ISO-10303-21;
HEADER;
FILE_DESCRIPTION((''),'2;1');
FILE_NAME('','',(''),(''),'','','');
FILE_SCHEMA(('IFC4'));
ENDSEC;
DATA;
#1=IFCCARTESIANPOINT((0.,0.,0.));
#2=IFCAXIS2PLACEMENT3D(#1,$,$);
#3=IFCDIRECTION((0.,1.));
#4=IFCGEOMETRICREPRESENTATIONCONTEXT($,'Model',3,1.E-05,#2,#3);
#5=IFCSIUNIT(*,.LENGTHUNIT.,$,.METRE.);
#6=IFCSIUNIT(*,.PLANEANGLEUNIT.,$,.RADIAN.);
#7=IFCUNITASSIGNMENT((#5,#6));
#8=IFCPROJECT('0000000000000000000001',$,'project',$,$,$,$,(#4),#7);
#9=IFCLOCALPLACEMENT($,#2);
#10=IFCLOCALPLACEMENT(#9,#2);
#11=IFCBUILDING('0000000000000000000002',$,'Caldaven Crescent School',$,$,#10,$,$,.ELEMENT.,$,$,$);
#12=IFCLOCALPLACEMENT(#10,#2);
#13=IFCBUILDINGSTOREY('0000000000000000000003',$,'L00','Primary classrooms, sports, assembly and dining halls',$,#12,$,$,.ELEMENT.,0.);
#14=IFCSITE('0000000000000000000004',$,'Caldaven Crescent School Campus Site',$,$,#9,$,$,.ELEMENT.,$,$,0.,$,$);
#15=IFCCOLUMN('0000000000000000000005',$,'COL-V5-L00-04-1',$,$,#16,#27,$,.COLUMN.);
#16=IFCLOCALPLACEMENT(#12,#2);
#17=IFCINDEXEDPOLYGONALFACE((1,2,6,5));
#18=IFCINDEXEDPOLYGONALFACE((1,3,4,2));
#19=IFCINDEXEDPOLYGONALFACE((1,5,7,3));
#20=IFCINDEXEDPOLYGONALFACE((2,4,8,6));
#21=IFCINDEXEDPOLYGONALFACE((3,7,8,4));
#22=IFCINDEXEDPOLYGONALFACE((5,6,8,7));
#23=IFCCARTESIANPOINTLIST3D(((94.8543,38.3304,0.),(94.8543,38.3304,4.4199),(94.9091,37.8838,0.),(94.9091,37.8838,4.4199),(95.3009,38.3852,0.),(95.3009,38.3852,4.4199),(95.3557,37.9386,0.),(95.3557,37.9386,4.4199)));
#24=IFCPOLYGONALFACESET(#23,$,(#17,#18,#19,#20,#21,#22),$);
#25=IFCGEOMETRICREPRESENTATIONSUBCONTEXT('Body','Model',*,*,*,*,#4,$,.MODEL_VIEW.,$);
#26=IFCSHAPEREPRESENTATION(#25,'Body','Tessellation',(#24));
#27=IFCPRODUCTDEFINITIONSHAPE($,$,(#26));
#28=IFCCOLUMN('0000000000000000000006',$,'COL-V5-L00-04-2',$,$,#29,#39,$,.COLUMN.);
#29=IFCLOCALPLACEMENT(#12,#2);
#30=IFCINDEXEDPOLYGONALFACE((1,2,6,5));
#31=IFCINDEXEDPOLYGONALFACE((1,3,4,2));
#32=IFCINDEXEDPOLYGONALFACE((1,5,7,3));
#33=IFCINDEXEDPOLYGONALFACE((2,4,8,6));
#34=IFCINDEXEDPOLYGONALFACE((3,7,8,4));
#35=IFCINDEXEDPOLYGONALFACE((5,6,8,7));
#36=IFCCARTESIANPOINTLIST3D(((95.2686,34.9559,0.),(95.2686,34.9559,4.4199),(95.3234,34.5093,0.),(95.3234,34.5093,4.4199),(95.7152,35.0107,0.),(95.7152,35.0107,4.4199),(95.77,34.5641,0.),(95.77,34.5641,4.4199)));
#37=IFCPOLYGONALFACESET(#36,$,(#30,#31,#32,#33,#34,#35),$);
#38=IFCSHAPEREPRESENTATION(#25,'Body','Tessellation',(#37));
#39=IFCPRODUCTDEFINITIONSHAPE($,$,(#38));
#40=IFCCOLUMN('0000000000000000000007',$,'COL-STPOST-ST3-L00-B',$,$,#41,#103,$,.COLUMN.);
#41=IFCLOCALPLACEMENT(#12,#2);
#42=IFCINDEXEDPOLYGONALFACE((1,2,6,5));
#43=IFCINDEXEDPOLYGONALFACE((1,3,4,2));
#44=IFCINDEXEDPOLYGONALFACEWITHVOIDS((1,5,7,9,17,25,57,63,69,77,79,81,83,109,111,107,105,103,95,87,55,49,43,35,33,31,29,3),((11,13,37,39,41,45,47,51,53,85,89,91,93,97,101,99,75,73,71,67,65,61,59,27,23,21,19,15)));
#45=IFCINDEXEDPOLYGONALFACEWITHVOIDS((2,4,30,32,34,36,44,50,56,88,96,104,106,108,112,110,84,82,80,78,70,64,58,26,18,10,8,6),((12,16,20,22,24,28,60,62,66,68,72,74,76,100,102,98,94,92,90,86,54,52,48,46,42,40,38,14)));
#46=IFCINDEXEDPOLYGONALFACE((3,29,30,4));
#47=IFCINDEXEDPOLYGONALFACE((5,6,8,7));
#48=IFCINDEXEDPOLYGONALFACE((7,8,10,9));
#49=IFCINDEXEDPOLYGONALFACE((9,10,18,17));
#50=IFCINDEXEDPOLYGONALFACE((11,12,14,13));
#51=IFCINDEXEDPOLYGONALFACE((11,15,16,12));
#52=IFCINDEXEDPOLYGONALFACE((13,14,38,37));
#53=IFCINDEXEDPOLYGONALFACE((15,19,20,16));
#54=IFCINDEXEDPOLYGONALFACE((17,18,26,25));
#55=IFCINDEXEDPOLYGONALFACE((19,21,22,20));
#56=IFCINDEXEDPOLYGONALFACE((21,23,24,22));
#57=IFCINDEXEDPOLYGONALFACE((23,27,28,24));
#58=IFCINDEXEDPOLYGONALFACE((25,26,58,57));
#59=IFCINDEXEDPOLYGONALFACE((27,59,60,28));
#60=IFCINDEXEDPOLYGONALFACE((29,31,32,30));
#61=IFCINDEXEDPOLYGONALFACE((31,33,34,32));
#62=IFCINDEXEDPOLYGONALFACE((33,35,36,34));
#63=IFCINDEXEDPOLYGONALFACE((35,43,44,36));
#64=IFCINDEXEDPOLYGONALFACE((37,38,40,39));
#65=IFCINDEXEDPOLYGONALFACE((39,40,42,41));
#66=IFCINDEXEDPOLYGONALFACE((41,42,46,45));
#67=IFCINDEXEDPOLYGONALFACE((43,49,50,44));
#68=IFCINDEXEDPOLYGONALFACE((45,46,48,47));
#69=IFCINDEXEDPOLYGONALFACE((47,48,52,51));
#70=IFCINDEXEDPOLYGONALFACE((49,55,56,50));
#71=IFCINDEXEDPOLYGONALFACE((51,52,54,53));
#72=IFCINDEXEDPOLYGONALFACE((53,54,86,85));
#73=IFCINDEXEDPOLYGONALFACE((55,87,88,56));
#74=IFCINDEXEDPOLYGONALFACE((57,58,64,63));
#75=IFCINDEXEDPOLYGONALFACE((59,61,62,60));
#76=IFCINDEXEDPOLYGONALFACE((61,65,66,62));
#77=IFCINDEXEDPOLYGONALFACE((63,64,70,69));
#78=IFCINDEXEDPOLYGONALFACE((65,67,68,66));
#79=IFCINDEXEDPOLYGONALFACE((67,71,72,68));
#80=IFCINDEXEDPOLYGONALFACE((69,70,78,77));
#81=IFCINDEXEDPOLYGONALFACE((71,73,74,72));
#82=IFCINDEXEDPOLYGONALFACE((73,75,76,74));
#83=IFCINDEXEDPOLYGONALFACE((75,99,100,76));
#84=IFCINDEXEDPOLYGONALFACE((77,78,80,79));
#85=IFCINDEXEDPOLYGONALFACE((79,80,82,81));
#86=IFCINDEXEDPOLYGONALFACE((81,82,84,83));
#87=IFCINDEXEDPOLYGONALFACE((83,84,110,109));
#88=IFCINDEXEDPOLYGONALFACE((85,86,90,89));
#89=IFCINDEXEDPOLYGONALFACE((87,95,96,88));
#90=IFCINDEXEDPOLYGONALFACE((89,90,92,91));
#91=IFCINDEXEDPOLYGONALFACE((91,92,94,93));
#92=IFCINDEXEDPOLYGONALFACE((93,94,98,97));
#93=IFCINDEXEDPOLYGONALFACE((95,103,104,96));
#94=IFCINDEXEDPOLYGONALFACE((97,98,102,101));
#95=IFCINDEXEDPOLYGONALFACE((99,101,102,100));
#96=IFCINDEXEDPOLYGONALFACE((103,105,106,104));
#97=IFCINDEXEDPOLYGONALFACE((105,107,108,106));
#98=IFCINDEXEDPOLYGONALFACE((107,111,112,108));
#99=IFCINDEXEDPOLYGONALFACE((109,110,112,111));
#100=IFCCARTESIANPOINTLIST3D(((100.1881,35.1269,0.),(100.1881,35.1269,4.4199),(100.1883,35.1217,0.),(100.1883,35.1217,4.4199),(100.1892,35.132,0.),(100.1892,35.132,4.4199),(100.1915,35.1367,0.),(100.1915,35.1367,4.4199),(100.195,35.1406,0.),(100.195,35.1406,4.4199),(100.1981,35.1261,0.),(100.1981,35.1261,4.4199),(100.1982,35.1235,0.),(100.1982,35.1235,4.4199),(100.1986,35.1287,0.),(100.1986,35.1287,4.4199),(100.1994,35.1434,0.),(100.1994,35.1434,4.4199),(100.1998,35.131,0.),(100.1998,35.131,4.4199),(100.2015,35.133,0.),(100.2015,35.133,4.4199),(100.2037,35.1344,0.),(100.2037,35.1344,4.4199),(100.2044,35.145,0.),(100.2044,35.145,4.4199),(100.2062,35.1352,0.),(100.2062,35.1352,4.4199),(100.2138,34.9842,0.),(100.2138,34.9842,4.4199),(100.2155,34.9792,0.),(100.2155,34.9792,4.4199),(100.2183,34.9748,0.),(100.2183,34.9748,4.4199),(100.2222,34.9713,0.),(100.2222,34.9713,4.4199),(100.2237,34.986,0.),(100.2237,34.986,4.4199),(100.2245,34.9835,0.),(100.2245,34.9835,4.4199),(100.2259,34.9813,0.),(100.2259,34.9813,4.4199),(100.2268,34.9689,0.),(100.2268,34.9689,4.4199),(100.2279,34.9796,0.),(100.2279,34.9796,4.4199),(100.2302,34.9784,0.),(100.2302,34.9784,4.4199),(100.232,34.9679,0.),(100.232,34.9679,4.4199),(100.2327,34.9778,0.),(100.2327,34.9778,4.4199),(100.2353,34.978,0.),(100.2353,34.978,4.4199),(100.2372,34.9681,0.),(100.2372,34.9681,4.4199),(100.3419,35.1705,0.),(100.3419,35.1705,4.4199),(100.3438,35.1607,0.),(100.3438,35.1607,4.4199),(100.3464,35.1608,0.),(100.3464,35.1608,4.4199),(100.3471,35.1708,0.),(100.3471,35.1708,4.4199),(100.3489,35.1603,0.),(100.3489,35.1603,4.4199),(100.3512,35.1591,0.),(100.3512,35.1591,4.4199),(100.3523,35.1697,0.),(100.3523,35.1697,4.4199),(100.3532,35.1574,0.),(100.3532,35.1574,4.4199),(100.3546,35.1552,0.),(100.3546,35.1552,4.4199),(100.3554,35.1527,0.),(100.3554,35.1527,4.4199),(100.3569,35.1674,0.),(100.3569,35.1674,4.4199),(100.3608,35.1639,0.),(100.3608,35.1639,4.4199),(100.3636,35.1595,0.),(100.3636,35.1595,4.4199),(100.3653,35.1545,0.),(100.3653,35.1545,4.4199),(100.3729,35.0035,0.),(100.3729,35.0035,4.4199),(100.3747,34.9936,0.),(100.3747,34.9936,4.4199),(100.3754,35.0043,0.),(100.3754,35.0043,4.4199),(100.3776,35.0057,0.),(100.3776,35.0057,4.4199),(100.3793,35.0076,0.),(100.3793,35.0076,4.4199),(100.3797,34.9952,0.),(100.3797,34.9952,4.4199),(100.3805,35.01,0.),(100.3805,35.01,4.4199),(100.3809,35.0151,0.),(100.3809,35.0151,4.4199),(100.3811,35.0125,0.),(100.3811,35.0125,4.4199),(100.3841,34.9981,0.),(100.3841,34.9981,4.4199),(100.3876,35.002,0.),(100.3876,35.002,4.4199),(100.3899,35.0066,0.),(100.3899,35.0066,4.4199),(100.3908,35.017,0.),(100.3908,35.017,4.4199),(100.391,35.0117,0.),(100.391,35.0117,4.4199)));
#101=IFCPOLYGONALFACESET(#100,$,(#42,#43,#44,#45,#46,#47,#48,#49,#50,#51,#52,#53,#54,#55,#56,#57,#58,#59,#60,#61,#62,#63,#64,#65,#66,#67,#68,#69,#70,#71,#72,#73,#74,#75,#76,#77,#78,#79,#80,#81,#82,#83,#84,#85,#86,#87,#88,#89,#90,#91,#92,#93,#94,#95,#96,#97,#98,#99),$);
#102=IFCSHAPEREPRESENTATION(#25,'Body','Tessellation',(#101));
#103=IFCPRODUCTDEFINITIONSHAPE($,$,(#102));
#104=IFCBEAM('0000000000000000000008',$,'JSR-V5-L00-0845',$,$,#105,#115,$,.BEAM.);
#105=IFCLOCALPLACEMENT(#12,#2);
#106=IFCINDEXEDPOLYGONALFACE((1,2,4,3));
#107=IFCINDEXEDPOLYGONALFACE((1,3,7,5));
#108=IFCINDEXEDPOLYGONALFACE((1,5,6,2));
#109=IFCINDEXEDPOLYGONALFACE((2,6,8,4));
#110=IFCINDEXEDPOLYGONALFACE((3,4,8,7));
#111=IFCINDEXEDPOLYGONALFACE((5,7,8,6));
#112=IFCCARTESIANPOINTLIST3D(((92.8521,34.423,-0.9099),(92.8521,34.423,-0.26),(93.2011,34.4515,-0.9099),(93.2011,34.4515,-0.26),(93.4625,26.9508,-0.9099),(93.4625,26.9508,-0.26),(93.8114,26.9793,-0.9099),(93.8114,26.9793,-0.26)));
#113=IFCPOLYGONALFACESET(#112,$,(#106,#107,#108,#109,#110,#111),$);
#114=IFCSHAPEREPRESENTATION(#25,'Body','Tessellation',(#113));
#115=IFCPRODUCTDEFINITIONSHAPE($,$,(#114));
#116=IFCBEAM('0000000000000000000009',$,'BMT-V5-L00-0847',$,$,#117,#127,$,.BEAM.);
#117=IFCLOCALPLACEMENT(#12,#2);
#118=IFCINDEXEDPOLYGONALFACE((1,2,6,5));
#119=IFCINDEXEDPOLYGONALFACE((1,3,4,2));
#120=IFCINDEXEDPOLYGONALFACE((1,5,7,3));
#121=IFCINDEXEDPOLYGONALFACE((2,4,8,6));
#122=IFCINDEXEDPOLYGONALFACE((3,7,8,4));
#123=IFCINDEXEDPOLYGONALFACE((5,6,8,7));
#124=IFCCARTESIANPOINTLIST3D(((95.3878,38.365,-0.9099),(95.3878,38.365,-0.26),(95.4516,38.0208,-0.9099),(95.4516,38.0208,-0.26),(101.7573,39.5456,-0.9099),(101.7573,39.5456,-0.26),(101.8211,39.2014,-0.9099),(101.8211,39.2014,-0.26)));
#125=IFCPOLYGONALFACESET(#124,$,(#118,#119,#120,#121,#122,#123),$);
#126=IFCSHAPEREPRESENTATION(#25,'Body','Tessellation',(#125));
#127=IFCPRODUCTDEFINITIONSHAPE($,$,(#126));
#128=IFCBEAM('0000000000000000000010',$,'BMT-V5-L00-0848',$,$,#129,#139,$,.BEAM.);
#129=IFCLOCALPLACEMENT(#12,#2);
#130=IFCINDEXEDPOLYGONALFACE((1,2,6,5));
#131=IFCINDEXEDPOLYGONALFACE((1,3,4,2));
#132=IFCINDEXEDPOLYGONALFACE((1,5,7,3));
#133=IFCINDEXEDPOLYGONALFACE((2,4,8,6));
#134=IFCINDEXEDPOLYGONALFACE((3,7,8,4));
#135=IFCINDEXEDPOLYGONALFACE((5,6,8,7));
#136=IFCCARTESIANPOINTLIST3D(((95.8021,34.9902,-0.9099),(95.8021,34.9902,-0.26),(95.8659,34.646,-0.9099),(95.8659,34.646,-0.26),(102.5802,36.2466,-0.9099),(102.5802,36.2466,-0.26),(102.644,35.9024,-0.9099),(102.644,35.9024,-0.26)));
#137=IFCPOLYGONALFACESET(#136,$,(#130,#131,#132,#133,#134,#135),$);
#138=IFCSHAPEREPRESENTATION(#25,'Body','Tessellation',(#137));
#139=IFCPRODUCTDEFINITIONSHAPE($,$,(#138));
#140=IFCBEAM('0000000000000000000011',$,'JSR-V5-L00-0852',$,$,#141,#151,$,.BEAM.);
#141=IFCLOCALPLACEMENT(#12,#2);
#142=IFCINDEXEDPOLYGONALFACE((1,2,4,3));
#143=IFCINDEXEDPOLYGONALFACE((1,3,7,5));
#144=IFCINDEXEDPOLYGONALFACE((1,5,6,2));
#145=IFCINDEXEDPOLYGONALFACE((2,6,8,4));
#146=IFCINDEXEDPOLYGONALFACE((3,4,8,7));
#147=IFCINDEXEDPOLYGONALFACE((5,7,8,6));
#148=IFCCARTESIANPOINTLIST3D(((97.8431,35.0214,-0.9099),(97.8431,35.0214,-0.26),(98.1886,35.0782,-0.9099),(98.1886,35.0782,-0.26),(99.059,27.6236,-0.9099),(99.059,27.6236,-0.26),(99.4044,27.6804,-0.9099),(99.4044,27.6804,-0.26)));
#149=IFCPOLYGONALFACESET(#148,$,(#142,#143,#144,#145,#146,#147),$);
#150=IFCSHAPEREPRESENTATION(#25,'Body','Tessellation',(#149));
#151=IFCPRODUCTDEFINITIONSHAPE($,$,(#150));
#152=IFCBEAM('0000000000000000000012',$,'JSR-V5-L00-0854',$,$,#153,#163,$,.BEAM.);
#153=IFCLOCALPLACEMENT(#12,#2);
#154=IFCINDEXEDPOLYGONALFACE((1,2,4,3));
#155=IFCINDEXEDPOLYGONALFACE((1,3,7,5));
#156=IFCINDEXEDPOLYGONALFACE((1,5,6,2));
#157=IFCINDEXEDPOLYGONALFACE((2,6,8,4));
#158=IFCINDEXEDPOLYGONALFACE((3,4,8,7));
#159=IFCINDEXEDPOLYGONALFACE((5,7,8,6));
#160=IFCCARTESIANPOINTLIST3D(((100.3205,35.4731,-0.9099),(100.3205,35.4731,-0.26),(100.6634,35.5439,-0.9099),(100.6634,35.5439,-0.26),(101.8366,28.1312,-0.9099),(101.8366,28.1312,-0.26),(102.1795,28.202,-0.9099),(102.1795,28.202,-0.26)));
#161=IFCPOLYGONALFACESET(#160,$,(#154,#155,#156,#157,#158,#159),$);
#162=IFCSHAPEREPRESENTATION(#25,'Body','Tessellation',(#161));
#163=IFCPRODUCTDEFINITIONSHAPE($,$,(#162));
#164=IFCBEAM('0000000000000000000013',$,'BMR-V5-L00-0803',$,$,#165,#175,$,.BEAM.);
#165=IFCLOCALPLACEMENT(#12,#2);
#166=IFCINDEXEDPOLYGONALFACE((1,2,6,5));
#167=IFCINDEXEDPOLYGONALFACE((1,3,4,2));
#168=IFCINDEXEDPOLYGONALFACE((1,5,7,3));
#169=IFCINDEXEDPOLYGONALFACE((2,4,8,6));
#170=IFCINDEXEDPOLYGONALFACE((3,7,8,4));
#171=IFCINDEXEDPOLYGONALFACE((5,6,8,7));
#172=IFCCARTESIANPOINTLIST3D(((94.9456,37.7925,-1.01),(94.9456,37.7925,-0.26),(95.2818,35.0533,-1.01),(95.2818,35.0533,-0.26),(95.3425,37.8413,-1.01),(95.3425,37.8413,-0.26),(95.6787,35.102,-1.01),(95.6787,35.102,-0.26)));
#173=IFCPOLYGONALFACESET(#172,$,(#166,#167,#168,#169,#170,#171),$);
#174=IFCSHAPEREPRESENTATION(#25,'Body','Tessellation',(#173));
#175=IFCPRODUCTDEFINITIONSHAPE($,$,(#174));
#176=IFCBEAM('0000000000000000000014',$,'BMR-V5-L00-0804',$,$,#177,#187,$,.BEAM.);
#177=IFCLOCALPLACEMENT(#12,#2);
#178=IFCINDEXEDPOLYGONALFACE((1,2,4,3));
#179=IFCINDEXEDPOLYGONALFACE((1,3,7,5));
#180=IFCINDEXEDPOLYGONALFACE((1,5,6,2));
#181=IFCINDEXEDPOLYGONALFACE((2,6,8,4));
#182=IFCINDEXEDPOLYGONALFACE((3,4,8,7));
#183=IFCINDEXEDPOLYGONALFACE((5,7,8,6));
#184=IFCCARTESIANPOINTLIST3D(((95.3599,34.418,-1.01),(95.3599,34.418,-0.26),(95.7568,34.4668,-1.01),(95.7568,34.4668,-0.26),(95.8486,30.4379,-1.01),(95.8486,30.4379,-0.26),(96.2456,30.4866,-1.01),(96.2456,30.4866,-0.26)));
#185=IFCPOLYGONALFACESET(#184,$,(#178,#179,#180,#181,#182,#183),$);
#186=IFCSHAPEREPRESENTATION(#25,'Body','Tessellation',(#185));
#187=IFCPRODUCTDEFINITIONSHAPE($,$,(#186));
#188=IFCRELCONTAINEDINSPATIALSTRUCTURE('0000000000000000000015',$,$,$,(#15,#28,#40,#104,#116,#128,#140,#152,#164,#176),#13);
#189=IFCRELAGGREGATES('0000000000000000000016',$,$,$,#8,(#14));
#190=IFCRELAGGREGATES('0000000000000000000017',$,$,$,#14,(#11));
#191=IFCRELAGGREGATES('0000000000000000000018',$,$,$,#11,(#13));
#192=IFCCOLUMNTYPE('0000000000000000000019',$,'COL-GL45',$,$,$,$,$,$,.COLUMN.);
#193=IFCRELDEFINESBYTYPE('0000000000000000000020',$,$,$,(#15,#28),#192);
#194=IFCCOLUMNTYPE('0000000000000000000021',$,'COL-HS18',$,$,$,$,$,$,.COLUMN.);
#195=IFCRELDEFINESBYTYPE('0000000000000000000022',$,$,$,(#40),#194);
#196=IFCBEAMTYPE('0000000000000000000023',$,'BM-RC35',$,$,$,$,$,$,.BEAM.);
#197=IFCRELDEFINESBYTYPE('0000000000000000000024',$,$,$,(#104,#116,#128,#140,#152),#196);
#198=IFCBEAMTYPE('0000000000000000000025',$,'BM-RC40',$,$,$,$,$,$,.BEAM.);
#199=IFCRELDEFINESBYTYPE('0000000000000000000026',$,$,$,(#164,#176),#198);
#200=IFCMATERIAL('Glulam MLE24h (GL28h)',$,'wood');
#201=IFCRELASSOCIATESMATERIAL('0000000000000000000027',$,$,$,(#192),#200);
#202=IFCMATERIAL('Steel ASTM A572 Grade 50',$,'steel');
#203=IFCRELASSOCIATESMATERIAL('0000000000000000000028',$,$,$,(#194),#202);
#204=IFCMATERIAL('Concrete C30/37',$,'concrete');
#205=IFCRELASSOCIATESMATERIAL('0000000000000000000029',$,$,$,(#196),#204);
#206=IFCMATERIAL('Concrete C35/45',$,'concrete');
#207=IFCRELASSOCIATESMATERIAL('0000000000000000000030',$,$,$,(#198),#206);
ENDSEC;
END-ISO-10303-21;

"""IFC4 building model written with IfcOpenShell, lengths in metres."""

from ifc_helpers import new_model, si_unit, direction, frame, origin, origin_2d, place, context, subcontext, project, spatial, rectangle, hollow_rectangle, extrude, material, material_profile, profile_set, type_object, element, save


model = new_model("IFC4")

# Units and contexts
model_context = context("Model", 3, precision=1e-05, world=origin(), true_north=direction((0.0, 1.0)))
body_context = subcontext(model_context, "Body", "Model", "MODEL_VIEW")
ifc_project = project(units=[si_unit("LENGTHUNIT", "METRE"), si_unit("PLANEANGLEUNIT", "RADIAN")], contexts=[model_context])

# Site, building, storey
site_placement = place(None, origin())
site = spatial("IfcSite", under=ifc_project, at=site_placement, Name="Caldaven Crescent School Campus Site", CompositionType="ELEMENT", RefElevation=0.0)
building_placement = place(site_placement, origin())
building = spatial("IfcBuilding", under=site, at=building_placement, Name="Caldaven Crescent School", CompositionType="ELEMENT")
storey_placement = place(building_placement, origin())
storey = spatial("IfcBuildingStorey", under=building, at=storey_placement, Name="L00", Description="Primary classrooms, sports, assembly and dining halls", CompositionType="ELEMENT", Elevation=0.0)

# Columns
ifc_material_1 = material(Name="Glulam MLE24h (GL28h)", Category="wood")
ifc_material_profile_1 = material_profile(ifc_material_1, rectangle(XDim=0.45, YDim=0.45, at=origin_2d()), Name="MLE 450x450")
ifc_profile_set_1 = profile_set([ifc_material_profile_1], Name="Glulam MLE24h (GL28h)")
column_type_1 = type_object("IfcColumnType", Name="COL-GL45", PredefinedType="COLUMN", material=ifc_profile_set_1)
for number, where, z_axis, x_axis, name in (
    (1, (95.105, 38.1345, 0.0), (0.0, 0.0, 1.0), (0.121869, -0.992546, 0.0), "COL-V5-L00-04-1"),
    (2, (95.5193, 34.76, 0.0), (0.0, 0.0, 1.0), (0.121869, -0.992546, 0.0), "COL-V5-L00-04-2"),
):
    element("IfcColumn", number, at=place(storey_placement, frame(where, z_axis=z_axis, x_axis=x_axis)), inside=storey, type_object=column_type_1, Name=name, PredefinedType="COLUMN", context=body_context, shape_type="SweptSolid", body=[
        extrude(rectangle(XDim=0.45, YDim=0.45, at=origin_2d()), origin(), (0.0, 0.0, 1.0), 4.4199),
    ])
ifc_material_2 = material(Name="Steel ASTM A572 Grade 50", Category="steel")
ifc_material_profile_2 = material_profile(ifc_material_2, hollow_rectangle(XDim=0.1799, YDim=0.1799, WallThickness=0.01, InnerFilletRadius=0.01, OuterFilletRadius=0.02, at=origin_2d()), Name="HSS 180x180x10")
ifc_profile_set_2 = profile_set([ifc_material_profile_2], Name="Steel ASTM A572 Grade 50")
column_type_2 = type_object("IfcColumnType", Name="COL-HS18", PredefinedType="COLUMN", material=ifc_profile_set_2)
column_placement = place(storey_placement, frame((100.2896, 35.0693, 0.0), z_axis=(0.0, 0.0, 1.0), x_axis=(0.983255, 0.182236, 0.0)))
element("IfcColumn", 3, at=column_placement, inside=storey, type_object=column_type_2, Name="COL-STPOST-ST3-L00-B", PredefinedType="COLUMN", context=body_context, shape_type="SweptSolid", body=[
    extrude(hollow_rectangle(XDim=0.1799, YDim=0.1799, WallThickness=0.01, InnerFilletRadius=0.01, OuterFilletRadius=0.02, at=origin_2d()), origin(), (0.0, 0.0, 1.0), 4.4199),
])

# Beams
ifc_material_3 = material(Name="Concrete C30/37", Category="concrete")
ifc_material_profile_3 = material_profile(ifc_material_3, rectangle(XDim=0.3501, YDim=0.6499, at=origin_2d()), Name="RC 350x650")
ifc_profile_set_3 = profile_set([ifc_material_profile_3], Name="Concrete C30/37")
beam_type_1 = type_object("IfcBeamType", Name="BM-RC35", PredefinedType="BEAM", material=ifc_profile_set_3)
beam_1_placement = place(storey_placement, frame((93.0266, 34.4373, -0.585), z_axis=(0.081412, -0.996681, 0.0), x_axis=(0.996681, 0.081412, 0.0)))
element("IfcBeam", 4, at=beam_1_placement, inside=storey, type_object=beam_type_1, Name="JSR-V5-L00-0845", PredefinedType="BEAM", context=body_context, shape_type="SweptSolid", body=[
    extrude(rectangle(XDim=0.3501, YDim=0.6499, at=origin_2d()), origin(), (0.0, 0.0, 1.0), 7.4971),
])
beam_2_placement = place(storey_placement, frame((95.4197, 38.1929, -0.585), z_axis=(0.983252, 0.182254, 0.0), x_axis=(-0.182254, 0.983252, 0.0)))
element("IfcBeam", 5, at=beam_2_placement, inside=storey, type_object=beam_type_1, Name="BMT-V5-L00-0847", PredefinedType="BEAM", context=body_context, shape_type="SweptSolid", body=[
    extrude(rectangle(XDim=0.3501, YDim=0.6499, at=origin_2d()), origin(), (0.0, 0.0, 1.0), 6.478),
])
beam_3_placement = place(storey_placement, frame((95.834, 34.8181, -0.585), z_axis=(0.983252, 0.18225, 0.0), x_axis=(-0.18225, 0.983252, 0.0)))
element("IfcBeam", 6, at=beam_3_placement, inside=storey, type_object=beam_type_1, Name="BMT-V5-L00-0848", PredefinedType="BEAM", context=body_context, shape_type="SweptSolid", body=[
    extrude(rectangle(XDim=0.3501, YDim=0.6499, at=origin_2d()), origin(), (0.0, 0.0, 1.0), 6.8936),
])
beam_4_placement = place(storey_placement, frame((98.0159, 35.0498, -0.585), z_axis=(0.162175, -0.986762, 0.0), x_axis=(0.986762, 0.162175, 0.0)))
element("IfcBeam", 7, at=beam_4_placement, inside=storey, type_object=beam_type_1, Name="JSR-V5-L00-0852", PredefinedType="BEAM", context=body_context, shape_type="SweptSolid", body=[
    extrude(rectangle(XDim=0.3501, YDim=0.6499, at=origin_2d()), origin(), (0.0, 0.0, 1.0), 7.4971),
])
beam_5_placement = place(storey_placement, frame((100.4919, 35.5085, -0.585), z_axis=(0.202231, -0.979338, 0.0), x_axis=(0.979338, 0.202231, 0.0)))
element("IfcBeam", 8, at=beam_5_placement, inside=storey, type_object=beam_type_1, Name="JSR-V5-L00-0854", PredefinedType="BEAM", context=body_context, shape_type="SweptSolid", body=[
    extrude(rectangle(XDim=0.3501, YDim=0.6499, at=origin_2d()), origin(), (0.0, 0.0, 1.0), 7.4968),
])
ifc_material_4 = material(Name="Concrete C35/45", Category="concrete")
ifc_material_profile_4 = material_profile(ifc_material_4, rectangle(XDim=0.3999, YDim=0.75, at=origin_2d()), Name="RC 400x750")
ifc_profile_set_4 = profile_set([ifc_material_profile_4], Name="Concrete C35/45")
beam_type_2 = type_object("IfcBeamType", Name="BM-RC40", PredefinedType="BEAM", material=ifc_profile_set_4)
beam_6_placement = place(storey_placement, frame((95.144, 37.8169, -0.635), z_axis=(0.121813, -0.992553, 0.0), x_axis=(0.992553, 0.121813, 0.0)))
element("IfcBeam", 9, at=beam_6_placement, inside=storey, type_object=beam_type_2, Name="BMR-V5-L00-0803", PredefinedType="BEAM", context=body_context, shape_type="SweptSolid", body=[
    extrude(rectangle(XDim=0.3999, YDim=0.75, at=origin_2d()), origin(), (0.0, 0.0, 1.0), 2.7598),
])
beam_7_placement = place(storey_placement, frame((95.5583, 34.4424, -0.635), z_axis=(0.121884, -0.992544, 0.0), x_axis=(0.992544, 0.121884, 0.0)))
element("IfcBeam", 10, at=beam_7_placement, inside=storey, type_object=beam_type_2, Name="BMR-V5-L00-0804", PredefinedType="BEAM", context=body_context, shape_type="SweptSolid", body=[
    extrude(rectangle(XDim=0.3999, YDim=0.75, at=origin_2d()), origin(), (0.0, 0.0, 1.0), 4.01),
])

save(model, "model.ifc")
